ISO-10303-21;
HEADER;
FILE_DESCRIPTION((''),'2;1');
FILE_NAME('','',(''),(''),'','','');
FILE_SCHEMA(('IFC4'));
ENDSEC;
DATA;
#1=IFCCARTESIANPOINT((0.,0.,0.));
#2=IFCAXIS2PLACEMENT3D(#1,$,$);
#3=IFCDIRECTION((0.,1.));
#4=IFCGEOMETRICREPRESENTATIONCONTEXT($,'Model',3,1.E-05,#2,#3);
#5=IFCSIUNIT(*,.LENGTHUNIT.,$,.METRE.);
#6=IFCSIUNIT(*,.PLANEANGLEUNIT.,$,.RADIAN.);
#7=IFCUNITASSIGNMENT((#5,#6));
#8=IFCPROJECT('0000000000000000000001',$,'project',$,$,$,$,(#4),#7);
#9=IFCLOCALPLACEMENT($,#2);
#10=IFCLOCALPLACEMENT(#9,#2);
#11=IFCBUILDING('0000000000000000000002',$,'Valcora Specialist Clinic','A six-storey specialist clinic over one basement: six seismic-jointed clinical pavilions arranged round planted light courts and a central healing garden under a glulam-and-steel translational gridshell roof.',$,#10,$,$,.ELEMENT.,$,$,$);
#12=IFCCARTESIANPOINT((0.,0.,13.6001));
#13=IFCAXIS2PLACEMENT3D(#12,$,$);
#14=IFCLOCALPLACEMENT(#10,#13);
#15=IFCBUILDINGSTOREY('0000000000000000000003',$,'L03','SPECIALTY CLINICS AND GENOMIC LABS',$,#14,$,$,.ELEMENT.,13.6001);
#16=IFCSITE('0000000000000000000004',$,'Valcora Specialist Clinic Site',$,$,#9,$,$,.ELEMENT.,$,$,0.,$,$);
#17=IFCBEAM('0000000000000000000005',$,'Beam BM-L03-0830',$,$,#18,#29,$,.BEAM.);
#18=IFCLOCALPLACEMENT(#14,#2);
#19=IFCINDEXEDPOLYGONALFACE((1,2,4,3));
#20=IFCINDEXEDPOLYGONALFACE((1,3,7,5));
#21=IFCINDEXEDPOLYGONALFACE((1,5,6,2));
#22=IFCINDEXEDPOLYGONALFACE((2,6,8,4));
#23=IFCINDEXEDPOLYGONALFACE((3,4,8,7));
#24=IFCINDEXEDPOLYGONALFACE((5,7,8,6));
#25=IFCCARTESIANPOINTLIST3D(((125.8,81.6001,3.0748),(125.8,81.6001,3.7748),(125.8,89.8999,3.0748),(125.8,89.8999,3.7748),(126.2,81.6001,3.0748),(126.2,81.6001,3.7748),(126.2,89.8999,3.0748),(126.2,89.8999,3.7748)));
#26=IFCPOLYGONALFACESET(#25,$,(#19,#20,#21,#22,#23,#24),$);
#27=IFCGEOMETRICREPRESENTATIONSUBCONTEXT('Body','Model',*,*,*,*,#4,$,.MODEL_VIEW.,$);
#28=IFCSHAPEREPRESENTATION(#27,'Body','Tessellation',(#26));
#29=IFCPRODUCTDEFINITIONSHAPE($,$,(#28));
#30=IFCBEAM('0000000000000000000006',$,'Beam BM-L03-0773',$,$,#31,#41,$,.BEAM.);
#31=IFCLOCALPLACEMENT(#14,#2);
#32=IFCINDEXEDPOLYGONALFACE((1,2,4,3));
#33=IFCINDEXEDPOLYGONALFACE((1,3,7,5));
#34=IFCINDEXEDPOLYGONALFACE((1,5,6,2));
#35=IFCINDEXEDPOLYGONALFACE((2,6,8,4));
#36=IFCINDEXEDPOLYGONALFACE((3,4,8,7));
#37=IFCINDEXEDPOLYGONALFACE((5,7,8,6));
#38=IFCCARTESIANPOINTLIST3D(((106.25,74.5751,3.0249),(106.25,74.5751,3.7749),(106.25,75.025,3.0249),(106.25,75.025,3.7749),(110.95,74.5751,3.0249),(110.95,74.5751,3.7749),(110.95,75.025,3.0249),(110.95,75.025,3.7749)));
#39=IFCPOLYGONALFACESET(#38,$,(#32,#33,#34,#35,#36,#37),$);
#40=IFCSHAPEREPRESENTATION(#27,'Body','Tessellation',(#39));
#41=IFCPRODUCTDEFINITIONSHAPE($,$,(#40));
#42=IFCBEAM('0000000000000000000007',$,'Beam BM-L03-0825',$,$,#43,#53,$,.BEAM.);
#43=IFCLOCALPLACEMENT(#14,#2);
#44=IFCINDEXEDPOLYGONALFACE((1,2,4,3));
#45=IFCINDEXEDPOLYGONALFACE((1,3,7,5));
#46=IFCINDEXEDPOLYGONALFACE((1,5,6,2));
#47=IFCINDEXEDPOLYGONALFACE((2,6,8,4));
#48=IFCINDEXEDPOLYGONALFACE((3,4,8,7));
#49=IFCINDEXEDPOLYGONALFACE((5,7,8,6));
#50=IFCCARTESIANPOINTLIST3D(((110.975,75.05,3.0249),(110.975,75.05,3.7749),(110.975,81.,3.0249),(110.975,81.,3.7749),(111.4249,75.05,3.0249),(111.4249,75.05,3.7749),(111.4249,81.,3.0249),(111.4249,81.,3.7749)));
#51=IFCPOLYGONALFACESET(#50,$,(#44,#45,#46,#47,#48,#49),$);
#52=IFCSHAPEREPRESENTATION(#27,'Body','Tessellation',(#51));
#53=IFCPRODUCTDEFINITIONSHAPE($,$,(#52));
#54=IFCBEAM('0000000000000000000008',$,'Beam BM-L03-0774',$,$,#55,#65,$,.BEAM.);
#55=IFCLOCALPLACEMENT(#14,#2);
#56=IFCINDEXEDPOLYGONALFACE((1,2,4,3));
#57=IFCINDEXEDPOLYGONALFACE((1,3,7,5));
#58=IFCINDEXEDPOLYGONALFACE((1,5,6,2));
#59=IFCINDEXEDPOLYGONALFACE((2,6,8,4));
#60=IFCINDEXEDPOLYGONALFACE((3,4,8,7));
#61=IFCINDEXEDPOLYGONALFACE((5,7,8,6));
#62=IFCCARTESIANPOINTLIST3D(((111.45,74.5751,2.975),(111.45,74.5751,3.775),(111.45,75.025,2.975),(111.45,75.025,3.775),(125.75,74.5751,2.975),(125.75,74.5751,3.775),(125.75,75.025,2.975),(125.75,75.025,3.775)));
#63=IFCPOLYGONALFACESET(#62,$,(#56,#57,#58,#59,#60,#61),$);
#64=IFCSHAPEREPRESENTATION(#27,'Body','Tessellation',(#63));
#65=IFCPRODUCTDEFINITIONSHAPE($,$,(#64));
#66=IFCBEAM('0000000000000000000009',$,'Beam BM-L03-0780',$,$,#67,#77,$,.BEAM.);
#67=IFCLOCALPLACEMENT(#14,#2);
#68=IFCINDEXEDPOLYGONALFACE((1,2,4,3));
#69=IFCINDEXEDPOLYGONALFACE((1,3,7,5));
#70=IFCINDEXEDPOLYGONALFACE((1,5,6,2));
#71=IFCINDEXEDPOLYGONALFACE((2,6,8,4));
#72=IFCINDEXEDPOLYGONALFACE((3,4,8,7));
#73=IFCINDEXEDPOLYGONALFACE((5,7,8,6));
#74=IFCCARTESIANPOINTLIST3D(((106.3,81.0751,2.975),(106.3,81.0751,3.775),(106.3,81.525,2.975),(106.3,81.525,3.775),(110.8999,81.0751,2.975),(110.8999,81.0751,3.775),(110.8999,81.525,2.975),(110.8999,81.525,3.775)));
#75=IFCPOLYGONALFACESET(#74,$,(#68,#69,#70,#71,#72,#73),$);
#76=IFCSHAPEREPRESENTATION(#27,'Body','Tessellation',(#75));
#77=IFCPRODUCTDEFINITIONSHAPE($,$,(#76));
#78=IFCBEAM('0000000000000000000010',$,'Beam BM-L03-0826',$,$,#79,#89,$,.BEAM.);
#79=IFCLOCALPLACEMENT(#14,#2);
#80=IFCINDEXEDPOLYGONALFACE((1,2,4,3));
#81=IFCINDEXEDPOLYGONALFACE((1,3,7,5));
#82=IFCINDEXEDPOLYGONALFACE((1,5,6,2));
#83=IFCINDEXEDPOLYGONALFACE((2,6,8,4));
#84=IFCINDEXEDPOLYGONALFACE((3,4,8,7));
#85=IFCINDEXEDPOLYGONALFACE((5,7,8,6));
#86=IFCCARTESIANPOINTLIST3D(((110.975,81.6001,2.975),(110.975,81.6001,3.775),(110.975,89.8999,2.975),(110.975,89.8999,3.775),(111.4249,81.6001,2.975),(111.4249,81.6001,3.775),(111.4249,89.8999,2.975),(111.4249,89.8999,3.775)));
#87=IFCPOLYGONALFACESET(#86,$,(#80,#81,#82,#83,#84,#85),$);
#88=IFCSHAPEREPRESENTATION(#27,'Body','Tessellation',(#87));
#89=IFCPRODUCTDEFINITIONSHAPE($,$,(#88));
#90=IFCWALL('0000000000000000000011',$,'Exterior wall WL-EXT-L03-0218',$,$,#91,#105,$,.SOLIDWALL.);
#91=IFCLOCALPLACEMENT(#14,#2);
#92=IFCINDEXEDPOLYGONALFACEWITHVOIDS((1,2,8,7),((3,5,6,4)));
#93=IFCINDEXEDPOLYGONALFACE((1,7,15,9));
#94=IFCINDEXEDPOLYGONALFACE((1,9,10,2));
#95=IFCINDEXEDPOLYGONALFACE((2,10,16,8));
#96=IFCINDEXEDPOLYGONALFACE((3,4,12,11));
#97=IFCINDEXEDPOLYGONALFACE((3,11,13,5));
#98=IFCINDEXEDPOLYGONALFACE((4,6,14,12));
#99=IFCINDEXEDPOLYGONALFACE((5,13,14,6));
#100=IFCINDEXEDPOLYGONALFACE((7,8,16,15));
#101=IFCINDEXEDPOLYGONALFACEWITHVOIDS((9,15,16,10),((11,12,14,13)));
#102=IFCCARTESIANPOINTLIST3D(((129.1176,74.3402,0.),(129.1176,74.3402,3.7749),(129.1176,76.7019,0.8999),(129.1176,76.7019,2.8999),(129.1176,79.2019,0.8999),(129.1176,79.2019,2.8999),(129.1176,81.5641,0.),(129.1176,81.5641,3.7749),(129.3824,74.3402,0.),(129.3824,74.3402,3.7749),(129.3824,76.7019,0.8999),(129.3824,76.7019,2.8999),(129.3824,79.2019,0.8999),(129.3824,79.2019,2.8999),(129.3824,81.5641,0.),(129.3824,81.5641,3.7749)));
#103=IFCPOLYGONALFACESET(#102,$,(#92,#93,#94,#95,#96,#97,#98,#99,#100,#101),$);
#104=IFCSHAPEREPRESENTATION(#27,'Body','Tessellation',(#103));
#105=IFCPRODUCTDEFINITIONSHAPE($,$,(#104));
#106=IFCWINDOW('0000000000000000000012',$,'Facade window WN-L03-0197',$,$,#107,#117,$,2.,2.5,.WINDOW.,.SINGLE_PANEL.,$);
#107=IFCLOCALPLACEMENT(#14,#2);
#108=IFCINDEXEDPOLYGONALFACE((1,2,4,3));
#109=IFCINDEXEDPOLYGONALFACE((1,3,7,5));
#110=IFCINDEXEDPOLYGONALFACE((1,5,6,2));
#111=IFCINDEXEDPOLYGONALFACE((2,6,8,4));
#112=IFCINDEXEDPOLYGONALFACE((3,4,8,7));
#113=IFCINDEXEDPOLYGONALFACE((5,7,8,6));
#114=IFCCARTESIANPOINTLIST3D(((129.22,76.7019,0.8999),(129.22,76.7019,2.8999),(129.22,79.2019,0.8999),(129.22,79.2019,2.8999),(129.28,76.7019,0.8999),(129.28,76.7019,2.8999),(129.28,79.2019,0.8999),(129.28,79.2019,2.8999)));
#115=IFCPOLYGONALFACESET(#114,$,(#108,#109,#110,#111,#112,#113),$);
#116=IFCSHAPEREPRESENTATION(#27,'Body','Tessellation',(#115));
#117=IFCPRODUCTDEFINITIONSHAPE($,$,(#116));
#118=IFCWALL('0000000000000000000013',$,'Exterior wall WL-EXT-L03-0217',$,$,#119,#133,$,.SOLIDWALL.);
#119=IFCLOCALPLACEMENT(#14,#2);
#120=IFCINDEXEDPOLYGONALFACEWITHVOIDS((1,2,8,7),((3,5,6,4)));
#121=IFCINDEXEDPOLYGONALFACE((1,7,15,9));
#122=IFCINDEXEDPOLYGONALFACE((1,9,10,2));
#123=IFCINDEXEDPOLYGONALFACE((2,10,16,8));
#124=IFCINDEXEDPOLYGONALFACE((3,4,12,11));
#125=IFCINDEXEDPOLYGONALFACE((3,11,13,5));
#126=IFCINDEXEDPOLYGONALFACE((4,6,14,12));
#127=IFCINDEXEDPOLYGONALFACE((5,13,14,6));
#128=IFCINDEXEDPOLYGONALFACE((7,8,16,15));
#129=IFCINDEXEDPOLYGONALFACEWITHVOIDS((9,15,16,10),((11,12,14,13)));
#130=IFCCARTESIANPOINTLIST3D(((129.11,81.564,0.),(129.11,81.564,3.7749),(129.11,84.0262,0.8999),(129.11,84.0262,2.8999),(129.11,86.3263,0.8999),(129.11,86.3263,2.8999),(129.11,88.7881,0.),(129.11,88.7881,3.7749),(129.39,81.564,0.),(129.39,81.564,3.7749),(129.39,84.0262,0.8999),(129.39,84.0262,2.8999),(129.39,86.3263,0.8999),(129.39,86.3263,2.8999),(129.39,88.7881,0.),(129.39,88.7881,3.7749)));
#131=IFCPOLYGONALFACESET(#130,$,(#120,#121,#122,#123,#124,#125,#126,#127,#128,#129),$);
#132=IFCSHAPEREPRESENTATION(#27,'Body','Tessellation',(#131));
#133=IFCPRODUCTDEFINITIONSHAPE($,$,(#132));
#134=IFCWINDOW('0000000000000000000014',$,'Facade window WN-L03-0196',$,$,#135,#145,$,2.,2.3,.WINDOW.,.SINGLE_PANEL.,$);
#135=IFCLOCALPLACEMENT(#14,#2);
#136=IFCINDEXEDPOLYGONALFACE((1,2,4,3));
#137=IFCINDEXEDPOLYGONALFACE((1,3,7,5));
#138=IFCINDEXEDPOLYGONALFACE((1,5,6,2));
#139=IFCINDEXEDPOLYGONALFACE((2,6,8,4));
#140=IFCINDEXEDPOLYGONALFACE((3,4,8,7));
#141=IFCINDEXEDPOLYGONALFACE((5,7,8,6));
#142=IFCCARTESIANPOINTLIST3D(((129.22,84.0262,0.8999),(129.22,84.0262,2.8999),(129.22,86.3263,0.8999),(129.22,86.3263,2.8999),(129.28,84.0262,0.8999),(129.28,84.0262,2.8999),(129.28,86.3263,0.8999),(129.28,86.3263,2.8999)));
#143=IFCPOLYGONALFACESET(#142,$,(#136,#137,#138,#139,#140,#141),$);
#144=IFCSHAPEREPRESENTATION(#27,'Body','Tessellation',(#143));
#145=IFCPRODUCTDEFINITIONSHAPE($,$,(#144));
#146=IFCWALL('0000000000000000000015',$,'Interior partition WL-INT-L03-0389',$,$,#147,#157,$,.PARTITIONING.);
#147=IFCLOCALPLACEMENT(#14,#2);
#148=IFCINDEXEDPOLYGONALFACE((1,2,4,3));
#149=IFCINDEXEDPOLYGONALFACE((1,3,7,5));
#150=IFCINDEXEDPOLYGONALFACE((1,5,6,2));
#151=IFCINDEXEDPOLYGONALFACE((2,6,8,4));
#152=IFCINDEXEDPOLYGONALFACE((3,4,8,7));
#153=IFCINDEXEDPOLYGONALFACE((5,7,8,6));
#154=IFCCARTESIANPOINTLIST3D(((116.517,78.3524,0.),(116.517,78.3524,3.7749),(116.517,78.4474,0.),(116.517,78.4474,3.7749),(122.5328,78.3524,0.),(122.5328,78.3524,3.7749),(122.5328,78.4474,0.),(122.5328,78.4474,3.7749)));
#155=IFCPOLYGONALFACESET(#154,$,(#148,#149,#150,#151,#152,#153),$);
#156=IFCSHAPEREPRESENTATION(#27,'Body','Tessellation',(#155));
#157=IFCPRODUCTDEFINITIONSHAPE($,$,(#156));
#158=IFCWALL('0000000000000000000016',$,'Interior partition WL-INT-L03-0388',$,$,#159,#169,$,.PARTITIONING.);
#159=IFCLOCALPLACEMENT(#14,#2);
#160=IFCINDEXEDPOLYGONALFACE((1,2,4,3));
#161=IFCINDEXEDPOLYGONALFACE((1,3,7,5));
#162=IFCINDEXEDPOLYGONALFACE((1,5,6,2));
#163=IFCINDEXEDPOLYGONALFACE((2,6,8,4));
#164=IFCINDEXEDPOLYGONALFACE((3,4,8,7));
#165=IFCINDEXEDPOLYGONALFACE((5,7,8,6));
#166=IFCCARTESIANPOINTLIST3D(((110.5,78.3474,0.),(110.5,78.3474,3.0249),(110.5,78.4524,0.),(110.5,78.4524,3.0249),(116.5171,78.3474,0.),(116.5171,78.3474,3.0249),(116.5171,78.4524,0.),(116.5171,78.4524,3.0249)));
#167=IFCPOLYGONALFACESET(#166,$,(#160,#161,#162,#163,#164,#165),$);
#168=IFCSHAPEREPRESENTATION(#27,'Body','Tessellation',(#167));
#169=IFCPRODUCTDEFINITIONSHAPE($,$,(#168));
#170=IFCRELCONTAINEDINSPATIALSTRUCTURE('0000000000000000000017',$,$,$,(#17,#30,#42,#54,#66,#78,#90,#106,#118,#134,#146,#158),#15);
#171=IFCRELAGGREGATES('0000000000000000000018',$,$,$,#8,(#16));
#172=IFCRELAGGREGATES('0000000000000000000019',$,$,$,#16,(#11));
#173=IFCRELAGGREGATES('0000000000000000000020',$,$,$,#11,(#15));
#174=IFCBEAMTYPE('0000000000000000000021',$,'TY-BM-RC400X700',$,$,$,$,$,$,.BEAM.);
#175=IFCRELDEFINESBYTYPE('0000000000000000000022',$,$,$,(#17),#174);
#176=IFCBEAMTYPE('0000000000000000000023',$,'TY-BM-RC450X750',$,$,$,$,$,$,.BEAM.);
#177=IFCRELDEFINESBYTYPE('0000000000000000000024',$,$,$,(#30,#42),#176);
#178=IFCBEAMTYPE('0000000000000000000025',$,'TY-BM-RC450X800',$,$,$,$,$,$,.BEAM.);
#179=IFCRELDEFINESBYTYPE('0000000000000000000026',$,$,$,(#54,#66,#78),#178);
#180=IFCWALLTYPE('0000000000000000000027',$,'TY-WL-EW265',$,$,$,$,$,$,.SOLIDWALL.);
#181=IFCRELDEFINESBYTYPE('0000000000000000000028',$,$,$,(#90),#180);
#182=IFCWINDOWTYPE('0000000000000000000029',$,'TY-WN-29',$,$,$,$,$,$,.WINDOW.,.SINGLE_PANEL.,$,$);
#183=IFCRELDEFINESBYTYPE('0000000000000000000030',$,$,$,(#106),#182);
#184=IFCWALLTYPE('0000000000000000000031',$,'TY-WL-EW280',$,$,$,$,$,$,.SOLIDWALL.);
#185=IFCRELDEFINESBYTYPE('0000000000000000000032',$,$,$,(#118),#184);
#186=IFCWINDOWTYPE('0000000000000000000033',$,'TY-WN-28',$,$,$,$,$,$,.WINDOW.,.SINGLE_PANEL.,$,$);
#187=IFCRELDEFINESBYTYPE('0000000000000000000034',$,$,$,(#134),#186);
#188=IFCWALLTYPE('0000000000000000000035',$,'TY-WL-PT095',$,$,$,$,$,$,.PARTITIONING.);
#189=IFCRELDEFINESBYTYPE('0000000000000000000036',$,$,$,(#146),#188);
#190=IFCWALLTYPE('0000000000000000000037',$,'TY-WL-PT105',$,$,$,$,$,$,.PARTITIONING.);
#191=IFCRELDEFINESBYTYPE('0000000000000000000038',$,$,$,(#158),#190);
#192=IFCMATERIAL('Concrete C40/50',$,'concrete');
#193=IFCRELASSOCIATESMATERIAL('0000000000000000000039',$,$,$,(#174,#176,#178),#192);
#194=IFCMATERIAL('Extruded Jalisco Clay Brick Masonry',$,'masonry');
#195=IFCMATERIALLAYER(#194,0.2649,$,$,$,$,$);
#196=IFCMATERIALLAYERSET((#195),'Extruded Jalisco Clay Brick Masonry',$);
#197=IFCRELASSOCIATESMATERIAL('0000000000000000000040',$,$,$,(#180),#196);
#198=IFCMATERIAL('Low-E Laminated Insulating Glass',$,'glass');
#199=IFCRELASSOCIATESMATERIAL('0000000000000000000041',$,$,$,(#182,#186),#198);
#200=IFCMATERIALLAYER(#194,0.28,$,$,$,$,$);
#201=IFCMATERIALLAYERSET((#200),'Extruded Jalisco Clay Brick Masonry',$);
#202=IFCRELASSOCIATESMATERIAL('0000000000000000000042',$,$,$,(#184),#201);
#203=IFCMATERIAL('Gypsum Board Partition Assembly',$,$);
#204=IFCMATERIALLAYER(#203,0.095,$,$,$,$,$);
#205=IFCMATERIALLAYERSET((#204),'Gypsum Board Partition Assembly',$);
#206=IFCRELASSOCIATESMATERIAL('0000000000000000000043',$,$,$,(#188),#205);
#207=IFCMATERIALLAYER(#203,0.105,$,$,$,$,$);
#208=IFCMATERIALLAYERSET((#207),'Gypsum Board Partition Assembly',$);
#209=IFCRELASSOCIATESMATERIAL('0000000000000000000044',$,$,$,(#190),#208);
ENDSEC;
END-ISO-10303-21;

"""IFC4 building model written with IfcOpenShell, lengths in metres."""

from ifc_helpers import new_model, si_unit, direction, frame, frame_2d, origin, origin_2d, place, context, subcontext, project, spatial, rectangle, extrude, material, layer, layer_set, material_profile, profile_set, type_object, element, fill, save


model = new_model("IFC4")

# Units and contexts
model_context = context("Model", 3, precision=1e-05, world=origin(), true_north=direction((0.0, 1.0)))
body_context = subcontext(model_context, "Body", "Model", "MODEL_VIEW")
ifc_project = project(units=[si_unit("LENGTHUNIT", "METRE"), si_unit("PLANEANGLEUNIT", "RADIAN")], contexts=[model_context])

# Site, building, storey
site_placement = place(None, origin())
site = spatial("IfcSite", under=ifc_project, at=site_placement, Name="Valcora Specialist Clinic Site", CompositionType="ELEMENT", RefElevation=0.0)
building_placement = place(site_placement, origin())
building = spatial("IfcBuilding", under=site, at=building_placement, Name="Valcora Specialist Clinic", Description="A six-storey specialist clinic over one basement: six seismic-jointed clinical pavilions arranged round planted light courts and a central healing garden under a glulam-and-steel translational gridshell roof.", CompositionType="ELEMENT")
storey_placement = place(building_placement, frame((0.0, 0.0, 13.6001)))
storey = spatial("IfcBuildingStorey", under=building, at=storey_placement, Name="L03", Description="SPECIALTY CLINICS AND GENOMIC LABS", CompositionType="ELEMENT", Elevation=13.6001)

# Shared definitions
ifc_material_1 = material(Name="Concrete C40/50", Category="concrete")

# Beams
ifc_material_profile_1 = material_profile(ifc_material_1, rectangle(XDim=0.3999, YDim=0.7, at=origin_2d()), Name="RC-BM-400X700")
ifc_profile_set_1 = profile_set([ifc_material_profile_1], Name="Concrete C40/50")
beam_type_1 = type_object("IfcBeamType", Name="TY-BM-RC400X700", PredefinedType="BEAM", material=ifc_profile_set_1)
beam_1_placement = place(storey_placement, frame((126.0, 81.6001, 3.4248), z_axis=(0.0, 1.0, 0.0), x_axis=(-1.0, 0.0, 0.0)))
element("IfcBeam", 1, at=beam_1_placement, inside=storey, type_object=beam_type_1, Name="Beam BM-L03-0830", PredefinedType="BEAM", context=body_context, shape_type="SweptSolid", body=[
    extrude(rectangle(XDim=0.3999, YDim=0.7, at=origin_2d()), origin(), (0.0, 0.0, 1.0), 8.2998),
])
ifc_material_profile_2 = material_profile(ifc_material_1, rectangle(XDim=0.45, YDim=0.75, at=origin_2d()), Name="RC-BM-450X750")
ifc_profile_set_2 = profile_set([ifc_material_profile_2], Name="Concrete C40/50")
beam_type_2 = type_object("IfcBeamType", Name="TY-BM-RC450X750", PredefinedType="BEAM", material=ifc_profile_set_2)
beam_2_placement = place(storey_placement, frame((106.25, 74.8, 3.3999), z_axis=(1.0, 0.0, 0.0), x_axis=(0.0, 1.0, 0.0)))
element("IfcBeam", 2, at=beam_2_placement, inside=storey, type_object=beam_type_2, Name="Beam BM-L03-0773", PredefinedType="BEAM", context=body_context, shape_type="SweptSolid", body=[
    extrude(rectangle(XDim=0.45, YDim=0.75, at=origin_2d()), origin(), (0.0, 0.0, 1.0), 4.7),
])
beam_3_placement = place(storey_placement, frame((111.2, 75.05, 3.3999), z_axis=(0.0, 1.0, 0.0), x_axis=(-1.0, 0.0, 0.0)))
element("IfcBeam", 3, at=beam_3_placement, inside=storey, type_object=beam_type_2, Name="Beam BM-L03-0825", PredefinedType="BEAM", context=body_context, shape_type="SweptSolid", body=[
    extrude(rectangle(XDim=0.45, YDim=0.75, at=origin_2d()), origin(), (0.0, 0.0, 1.0), 5.95),
])
ifc_material_profile_3 = material_profile(ifc_material_1, rectangle(XDim=0.45, YDim=0.8, at=origin_2d()), Name="RC-BM-450X800")
ifc_profile_set_3 = profile_set([ifc_material_profile_3], Name="Concrete C40/50")
beam_type_3 = type_object("IfcBeamType", Name="TY-BM-RC450X800", PredefinedType="BEAM", material=ifc_profile_set_3)
beam_4_placement = place(storey_placement, frame((111.45, 74.8, 3.375), z_axis=(1.0, 0.0, 0.0), x_axis=(0.0, 1.0, 0.0)))
element("IfcBeam", 4, at=beam_4_placement, inside=storey, type_object=beam_type_3, Name="Beam BM-L03-0774", PredefinedType="BEAM", context=body_context, shape_type="SweptSolid", body=[
    extrude(rectangle(XDim=0.45, YDim=0.8, at=origin_2d()), origin(), (0.0, 0.0, 1.0), 14.3),
])
beam_5_placement = place(storey_placement, frame((106.3, 81.3, 3.375), z_axis=(1.0, 0.0, 0.0), x_axis=(0.0, 1.0, 0.0)))
element("IfcBeam", 5, at=beam_5_placement, inside=storey, type_object=beam_type_3, Name="Beam BM-L03-0780", PredefinedType="BEAM", context=body_context, shape_type="SweptSolid", body=[
    extrude(rectangle(XDim=0.45, YDim=0.8, at=origin_2d()), origin(), (0.0, 0.0, 1.0), 4.5999),
])
beam_6_placement = place(storey_placement, frame((111.2, 81.6001, 3.375), z_axis=(0.0, 1.0, 0.0), x_axis=(-1.0, 0.0, 0.0)))
element("IfcBeam", 6, at=beam_6_placement, inside=storey, type_object=beam_type_3, Name="Beam BM-L03-0826", PredefinedType="BEAM", context=body_context, shape_type="SweptSolid", body=[
    extrude(rectangle(XDim=0.45, YDim=0.8, at=origin_2d()), origin(), (0.0, 0.0, 1.0), 8.2998),
])

# Walls, openings, windows
ifc_material_2 = material(Name="Extruded Jalisco Clay Brick Masonry", Category="masonry")
ifc_layer_1 = layer(ifc_material_2, 0.2649)
ifc_layer_set_1 = layer_set([ifc_layer_1], Name="Extruded Jalisco Clay Brick Masonry")
wall_type_1 = type_object("IfcWallType", Name="TY-WL-EW265", PredefinedType="SOLIDWALL", material=ifc_layer_set_1)
wall_1_placement = place(storey_placement, frame((129.25, 81.564, 0.0), z_axis=(0.0, 0.0, 1.0), x_axis=(0.0, -1.0, 0.0)))
wall_1 = element("IfcWall", 7, at=wall_1_placement, inside=storey, type_object=wall_type_1, Name="Exterior wall WL-EXT-L03-0218", PredefinedType="SOLIDWALL", context=body_context, shape_type="SweptSolid", body=[
    extrude(rectangle(XDim=7.2239, YDim=0.2649, at=frame_2d((3.6118, 0.0))), origin(), (0.0, 0.0, 1.0), 3.7749),
])
opening_1_placement = place(wall_1_placement, frame((2.3621, 0.0, 0.8999)))
opening_1 = element("IfcOpeningElement", 8, at=opening_1_placement, cuts=wall_1, PredefinedType="OPENING", context=body_context, shape_type="SweptSolid", body=[
    extrude(rectangle(XDim=2.5, YDim=2.0, at=frame_2d((1.25, 1.0))), frame((0.0, 0.1423, 0.0), z_axis=(0.0, -1.0, 0.0), x_axis=(1.0, 0.0, 0.0)), (0.0, 0.0, 1.0), 0.2849),
])
ifc_material_3 = material(Name="Low-E Laminated Insulating Glass", Category="glass")
window_type_1 = type_object("IfcWindowType", Name="TY-WN-29", PartitioningType="SINGLE_PANEL", PredefinedType="WINDOW", material=ifc_material_3)
window_1_placement = place(opening_1_placement, origin())
window_1 = element("IfcWindow", 9, at=window_1_placement, inside=storey, type_object=window_type_1, Name="Facade window WN-L03-0197", OverallHeight=2.0, OverallWidth=2.5, PartitioningType="SINGLE_PANEL", PredefinedType="WINDOW", context=body_context, shape_type="SweptSolid", body=[
    extrude(rectangle(XDim=2.5, YDim=2.0, at=frame_2d((1.25, 1.0))), frame((0.0, 0.03, 0.0), z_axis=(0.0, -1.0, 0.0), x_axis=(1.0, 0.0, 0.0)), (0.0, 0.0, 1.0), 0.0601),
])
fill(opening_1, window_1)
ifc_layer_2 = layer(ifc_material_2, 0.28)
ifc_layer_set_2 = layer_set([ifc_layer_2], Name="Extruded Jalisco Clay Brick Masonry")
wall_type_2 = type_object("IfcWallType", Name="TY-WL-EW280", PredefinedType="SOLIDWALL", material=ifc_layer_set_2)
wall_2_placement = place(storey_placement, frame((129.25, 88.7881, 0.0), z_axis=(0.0, 0.0, 1.0), x_axis=(0.0, -1.0, 0.0)))
wall_2 = element("IfcWall", 10, at=wall_2_placement, inside=storey, type_object=wall_type_2, Name="Exterior wall WL-EXT-L03-0217", PredefinedType="SOLIDWALL", context=body_context, shape_type="SweptSolid", body=[
    extrude(rectangle(XDim=7.2241, YDim=0.28, at=frame_2d((3.6121, 0.0))), origin(), (0.0, 0.0, 1.0), 3.7749),
])
opening_2_placement = place(wall_2_placement, frame((2.4619, 0.0, 0.8999)))
opening_2 = element("IfcOpeningElement", 11, at=opening_2_placement, cuts=wall_2, PredefinedType="OPENING", context=body_context, shape_type="SweptSolid", body=[
    extrude(rectangle(XDim=2.3, YDim=2.0, at=frame_2d((1.1499, 1.0))), frame((0.0, 0.1499, 0.0), z_axis=(0.0, -1.0, 0.0), x_axis=(1.0, 0.0, 0.0)), (0.0, 0.0, 1.0), 0.3),
])
window_type_2 = type_object("IfcWindowType", Name="TY-WN-28", PartitioningType="SINGLE_PANEL", PredefinedType="WINDOW", material=ifc_material_3)
window_2_placement = place(opening_2_placement, origin())
window_2 = element("IfcWindow", 12, at=window_2_placement, inside=storey, type_object=window_type_2, Name="Facade window WN-L03-0196", OverallHeight=2.0, OverallWidth=2.3, PartitioningType="SINGLE_PANEL", PredefinedType="WINDOW", context=body_context, shape_type="SweptSolid", body=[
    extrude(rectangle(XDim=2.3, YDim=2.0, at=frame_2d((1.1499, 1.0))), frame((0.0, 0.03, 0.0), z_axis=(0.0, -1.0, 0.0), x_axis=(1.0, 0.0, 0.0)), (0.0, 0.0, 1.0), 0.0601),
])
fill(opening_2, window_2)

# Walls
ifc_material_4 = material(Name="Gypsum Board Partition Assembly")
ifc_layer_3 = layer(ifc_material_4, 0.095)
ifc_layer_set_3 = layer_set([ifc_layer_3], Name="Gypsum Board Partition Assembly")
wall_type_3 = type_object("IfcWallType", Name="TY-WL-PT095", PredefinedType="PARTITIONING", material=ifc_layer_set_3)
wall_3_placement = place(storey_placement, frame((116.5171, 78.3999, 0.0), z_axis=(0.0, 0.0, 1.0), x_axis=(1.0, 0.0, 0.0)))
element("IfcWall", 13, at=wall_3_placement, inside=storey, type_object=wall_type_3, Name="Interior partition WL-INT-L03-0389", PredefinedType="PARTITIONING", context=body_context, shape_type="SweptSolid", body=[
    extrude(rectangle(XDim=6.0159, YDim=0.095, at=frame_2d((3.0078, 0.0))), origin(), (0.0, 0.0, 1.0), 3.7749),
])
ifc_layer_4 = layer(ifc_material_4, 0.105)
ifc_layer_set_4 = layer_set([ifc_layer_4], Name="Gypsum Board Partition Assembly")
wall_type_4 = type_object("IfcWallType", Name="TY-WL-PT105", PredefinedType="PARTITIONING", material=ifc_layer_set_4)
wall_4_placement = place(storey_placement, frame((110.5, 78.3999, 0.0), z_axis=(0.0, 0.0, 1.0), x_axis=(1.0, 0.0, 0.0)))
element("IfcWall", 14, at=wall_4_placement, inside=storey, type_object=wall_type_4, Name="Interior partition WL-INT-L03-0388", PredefinedType="PARTITIONING", context=body_context, shape_type="SweptSolid", body=[
    extrude(rectangle(XDim=6.0171, YDim=0.105, at=frame_2d((3.0085, 0.0))), origin(), (0.0, 0.0, 1.0), 3.0249),
])

save(model, "model.ifc")
